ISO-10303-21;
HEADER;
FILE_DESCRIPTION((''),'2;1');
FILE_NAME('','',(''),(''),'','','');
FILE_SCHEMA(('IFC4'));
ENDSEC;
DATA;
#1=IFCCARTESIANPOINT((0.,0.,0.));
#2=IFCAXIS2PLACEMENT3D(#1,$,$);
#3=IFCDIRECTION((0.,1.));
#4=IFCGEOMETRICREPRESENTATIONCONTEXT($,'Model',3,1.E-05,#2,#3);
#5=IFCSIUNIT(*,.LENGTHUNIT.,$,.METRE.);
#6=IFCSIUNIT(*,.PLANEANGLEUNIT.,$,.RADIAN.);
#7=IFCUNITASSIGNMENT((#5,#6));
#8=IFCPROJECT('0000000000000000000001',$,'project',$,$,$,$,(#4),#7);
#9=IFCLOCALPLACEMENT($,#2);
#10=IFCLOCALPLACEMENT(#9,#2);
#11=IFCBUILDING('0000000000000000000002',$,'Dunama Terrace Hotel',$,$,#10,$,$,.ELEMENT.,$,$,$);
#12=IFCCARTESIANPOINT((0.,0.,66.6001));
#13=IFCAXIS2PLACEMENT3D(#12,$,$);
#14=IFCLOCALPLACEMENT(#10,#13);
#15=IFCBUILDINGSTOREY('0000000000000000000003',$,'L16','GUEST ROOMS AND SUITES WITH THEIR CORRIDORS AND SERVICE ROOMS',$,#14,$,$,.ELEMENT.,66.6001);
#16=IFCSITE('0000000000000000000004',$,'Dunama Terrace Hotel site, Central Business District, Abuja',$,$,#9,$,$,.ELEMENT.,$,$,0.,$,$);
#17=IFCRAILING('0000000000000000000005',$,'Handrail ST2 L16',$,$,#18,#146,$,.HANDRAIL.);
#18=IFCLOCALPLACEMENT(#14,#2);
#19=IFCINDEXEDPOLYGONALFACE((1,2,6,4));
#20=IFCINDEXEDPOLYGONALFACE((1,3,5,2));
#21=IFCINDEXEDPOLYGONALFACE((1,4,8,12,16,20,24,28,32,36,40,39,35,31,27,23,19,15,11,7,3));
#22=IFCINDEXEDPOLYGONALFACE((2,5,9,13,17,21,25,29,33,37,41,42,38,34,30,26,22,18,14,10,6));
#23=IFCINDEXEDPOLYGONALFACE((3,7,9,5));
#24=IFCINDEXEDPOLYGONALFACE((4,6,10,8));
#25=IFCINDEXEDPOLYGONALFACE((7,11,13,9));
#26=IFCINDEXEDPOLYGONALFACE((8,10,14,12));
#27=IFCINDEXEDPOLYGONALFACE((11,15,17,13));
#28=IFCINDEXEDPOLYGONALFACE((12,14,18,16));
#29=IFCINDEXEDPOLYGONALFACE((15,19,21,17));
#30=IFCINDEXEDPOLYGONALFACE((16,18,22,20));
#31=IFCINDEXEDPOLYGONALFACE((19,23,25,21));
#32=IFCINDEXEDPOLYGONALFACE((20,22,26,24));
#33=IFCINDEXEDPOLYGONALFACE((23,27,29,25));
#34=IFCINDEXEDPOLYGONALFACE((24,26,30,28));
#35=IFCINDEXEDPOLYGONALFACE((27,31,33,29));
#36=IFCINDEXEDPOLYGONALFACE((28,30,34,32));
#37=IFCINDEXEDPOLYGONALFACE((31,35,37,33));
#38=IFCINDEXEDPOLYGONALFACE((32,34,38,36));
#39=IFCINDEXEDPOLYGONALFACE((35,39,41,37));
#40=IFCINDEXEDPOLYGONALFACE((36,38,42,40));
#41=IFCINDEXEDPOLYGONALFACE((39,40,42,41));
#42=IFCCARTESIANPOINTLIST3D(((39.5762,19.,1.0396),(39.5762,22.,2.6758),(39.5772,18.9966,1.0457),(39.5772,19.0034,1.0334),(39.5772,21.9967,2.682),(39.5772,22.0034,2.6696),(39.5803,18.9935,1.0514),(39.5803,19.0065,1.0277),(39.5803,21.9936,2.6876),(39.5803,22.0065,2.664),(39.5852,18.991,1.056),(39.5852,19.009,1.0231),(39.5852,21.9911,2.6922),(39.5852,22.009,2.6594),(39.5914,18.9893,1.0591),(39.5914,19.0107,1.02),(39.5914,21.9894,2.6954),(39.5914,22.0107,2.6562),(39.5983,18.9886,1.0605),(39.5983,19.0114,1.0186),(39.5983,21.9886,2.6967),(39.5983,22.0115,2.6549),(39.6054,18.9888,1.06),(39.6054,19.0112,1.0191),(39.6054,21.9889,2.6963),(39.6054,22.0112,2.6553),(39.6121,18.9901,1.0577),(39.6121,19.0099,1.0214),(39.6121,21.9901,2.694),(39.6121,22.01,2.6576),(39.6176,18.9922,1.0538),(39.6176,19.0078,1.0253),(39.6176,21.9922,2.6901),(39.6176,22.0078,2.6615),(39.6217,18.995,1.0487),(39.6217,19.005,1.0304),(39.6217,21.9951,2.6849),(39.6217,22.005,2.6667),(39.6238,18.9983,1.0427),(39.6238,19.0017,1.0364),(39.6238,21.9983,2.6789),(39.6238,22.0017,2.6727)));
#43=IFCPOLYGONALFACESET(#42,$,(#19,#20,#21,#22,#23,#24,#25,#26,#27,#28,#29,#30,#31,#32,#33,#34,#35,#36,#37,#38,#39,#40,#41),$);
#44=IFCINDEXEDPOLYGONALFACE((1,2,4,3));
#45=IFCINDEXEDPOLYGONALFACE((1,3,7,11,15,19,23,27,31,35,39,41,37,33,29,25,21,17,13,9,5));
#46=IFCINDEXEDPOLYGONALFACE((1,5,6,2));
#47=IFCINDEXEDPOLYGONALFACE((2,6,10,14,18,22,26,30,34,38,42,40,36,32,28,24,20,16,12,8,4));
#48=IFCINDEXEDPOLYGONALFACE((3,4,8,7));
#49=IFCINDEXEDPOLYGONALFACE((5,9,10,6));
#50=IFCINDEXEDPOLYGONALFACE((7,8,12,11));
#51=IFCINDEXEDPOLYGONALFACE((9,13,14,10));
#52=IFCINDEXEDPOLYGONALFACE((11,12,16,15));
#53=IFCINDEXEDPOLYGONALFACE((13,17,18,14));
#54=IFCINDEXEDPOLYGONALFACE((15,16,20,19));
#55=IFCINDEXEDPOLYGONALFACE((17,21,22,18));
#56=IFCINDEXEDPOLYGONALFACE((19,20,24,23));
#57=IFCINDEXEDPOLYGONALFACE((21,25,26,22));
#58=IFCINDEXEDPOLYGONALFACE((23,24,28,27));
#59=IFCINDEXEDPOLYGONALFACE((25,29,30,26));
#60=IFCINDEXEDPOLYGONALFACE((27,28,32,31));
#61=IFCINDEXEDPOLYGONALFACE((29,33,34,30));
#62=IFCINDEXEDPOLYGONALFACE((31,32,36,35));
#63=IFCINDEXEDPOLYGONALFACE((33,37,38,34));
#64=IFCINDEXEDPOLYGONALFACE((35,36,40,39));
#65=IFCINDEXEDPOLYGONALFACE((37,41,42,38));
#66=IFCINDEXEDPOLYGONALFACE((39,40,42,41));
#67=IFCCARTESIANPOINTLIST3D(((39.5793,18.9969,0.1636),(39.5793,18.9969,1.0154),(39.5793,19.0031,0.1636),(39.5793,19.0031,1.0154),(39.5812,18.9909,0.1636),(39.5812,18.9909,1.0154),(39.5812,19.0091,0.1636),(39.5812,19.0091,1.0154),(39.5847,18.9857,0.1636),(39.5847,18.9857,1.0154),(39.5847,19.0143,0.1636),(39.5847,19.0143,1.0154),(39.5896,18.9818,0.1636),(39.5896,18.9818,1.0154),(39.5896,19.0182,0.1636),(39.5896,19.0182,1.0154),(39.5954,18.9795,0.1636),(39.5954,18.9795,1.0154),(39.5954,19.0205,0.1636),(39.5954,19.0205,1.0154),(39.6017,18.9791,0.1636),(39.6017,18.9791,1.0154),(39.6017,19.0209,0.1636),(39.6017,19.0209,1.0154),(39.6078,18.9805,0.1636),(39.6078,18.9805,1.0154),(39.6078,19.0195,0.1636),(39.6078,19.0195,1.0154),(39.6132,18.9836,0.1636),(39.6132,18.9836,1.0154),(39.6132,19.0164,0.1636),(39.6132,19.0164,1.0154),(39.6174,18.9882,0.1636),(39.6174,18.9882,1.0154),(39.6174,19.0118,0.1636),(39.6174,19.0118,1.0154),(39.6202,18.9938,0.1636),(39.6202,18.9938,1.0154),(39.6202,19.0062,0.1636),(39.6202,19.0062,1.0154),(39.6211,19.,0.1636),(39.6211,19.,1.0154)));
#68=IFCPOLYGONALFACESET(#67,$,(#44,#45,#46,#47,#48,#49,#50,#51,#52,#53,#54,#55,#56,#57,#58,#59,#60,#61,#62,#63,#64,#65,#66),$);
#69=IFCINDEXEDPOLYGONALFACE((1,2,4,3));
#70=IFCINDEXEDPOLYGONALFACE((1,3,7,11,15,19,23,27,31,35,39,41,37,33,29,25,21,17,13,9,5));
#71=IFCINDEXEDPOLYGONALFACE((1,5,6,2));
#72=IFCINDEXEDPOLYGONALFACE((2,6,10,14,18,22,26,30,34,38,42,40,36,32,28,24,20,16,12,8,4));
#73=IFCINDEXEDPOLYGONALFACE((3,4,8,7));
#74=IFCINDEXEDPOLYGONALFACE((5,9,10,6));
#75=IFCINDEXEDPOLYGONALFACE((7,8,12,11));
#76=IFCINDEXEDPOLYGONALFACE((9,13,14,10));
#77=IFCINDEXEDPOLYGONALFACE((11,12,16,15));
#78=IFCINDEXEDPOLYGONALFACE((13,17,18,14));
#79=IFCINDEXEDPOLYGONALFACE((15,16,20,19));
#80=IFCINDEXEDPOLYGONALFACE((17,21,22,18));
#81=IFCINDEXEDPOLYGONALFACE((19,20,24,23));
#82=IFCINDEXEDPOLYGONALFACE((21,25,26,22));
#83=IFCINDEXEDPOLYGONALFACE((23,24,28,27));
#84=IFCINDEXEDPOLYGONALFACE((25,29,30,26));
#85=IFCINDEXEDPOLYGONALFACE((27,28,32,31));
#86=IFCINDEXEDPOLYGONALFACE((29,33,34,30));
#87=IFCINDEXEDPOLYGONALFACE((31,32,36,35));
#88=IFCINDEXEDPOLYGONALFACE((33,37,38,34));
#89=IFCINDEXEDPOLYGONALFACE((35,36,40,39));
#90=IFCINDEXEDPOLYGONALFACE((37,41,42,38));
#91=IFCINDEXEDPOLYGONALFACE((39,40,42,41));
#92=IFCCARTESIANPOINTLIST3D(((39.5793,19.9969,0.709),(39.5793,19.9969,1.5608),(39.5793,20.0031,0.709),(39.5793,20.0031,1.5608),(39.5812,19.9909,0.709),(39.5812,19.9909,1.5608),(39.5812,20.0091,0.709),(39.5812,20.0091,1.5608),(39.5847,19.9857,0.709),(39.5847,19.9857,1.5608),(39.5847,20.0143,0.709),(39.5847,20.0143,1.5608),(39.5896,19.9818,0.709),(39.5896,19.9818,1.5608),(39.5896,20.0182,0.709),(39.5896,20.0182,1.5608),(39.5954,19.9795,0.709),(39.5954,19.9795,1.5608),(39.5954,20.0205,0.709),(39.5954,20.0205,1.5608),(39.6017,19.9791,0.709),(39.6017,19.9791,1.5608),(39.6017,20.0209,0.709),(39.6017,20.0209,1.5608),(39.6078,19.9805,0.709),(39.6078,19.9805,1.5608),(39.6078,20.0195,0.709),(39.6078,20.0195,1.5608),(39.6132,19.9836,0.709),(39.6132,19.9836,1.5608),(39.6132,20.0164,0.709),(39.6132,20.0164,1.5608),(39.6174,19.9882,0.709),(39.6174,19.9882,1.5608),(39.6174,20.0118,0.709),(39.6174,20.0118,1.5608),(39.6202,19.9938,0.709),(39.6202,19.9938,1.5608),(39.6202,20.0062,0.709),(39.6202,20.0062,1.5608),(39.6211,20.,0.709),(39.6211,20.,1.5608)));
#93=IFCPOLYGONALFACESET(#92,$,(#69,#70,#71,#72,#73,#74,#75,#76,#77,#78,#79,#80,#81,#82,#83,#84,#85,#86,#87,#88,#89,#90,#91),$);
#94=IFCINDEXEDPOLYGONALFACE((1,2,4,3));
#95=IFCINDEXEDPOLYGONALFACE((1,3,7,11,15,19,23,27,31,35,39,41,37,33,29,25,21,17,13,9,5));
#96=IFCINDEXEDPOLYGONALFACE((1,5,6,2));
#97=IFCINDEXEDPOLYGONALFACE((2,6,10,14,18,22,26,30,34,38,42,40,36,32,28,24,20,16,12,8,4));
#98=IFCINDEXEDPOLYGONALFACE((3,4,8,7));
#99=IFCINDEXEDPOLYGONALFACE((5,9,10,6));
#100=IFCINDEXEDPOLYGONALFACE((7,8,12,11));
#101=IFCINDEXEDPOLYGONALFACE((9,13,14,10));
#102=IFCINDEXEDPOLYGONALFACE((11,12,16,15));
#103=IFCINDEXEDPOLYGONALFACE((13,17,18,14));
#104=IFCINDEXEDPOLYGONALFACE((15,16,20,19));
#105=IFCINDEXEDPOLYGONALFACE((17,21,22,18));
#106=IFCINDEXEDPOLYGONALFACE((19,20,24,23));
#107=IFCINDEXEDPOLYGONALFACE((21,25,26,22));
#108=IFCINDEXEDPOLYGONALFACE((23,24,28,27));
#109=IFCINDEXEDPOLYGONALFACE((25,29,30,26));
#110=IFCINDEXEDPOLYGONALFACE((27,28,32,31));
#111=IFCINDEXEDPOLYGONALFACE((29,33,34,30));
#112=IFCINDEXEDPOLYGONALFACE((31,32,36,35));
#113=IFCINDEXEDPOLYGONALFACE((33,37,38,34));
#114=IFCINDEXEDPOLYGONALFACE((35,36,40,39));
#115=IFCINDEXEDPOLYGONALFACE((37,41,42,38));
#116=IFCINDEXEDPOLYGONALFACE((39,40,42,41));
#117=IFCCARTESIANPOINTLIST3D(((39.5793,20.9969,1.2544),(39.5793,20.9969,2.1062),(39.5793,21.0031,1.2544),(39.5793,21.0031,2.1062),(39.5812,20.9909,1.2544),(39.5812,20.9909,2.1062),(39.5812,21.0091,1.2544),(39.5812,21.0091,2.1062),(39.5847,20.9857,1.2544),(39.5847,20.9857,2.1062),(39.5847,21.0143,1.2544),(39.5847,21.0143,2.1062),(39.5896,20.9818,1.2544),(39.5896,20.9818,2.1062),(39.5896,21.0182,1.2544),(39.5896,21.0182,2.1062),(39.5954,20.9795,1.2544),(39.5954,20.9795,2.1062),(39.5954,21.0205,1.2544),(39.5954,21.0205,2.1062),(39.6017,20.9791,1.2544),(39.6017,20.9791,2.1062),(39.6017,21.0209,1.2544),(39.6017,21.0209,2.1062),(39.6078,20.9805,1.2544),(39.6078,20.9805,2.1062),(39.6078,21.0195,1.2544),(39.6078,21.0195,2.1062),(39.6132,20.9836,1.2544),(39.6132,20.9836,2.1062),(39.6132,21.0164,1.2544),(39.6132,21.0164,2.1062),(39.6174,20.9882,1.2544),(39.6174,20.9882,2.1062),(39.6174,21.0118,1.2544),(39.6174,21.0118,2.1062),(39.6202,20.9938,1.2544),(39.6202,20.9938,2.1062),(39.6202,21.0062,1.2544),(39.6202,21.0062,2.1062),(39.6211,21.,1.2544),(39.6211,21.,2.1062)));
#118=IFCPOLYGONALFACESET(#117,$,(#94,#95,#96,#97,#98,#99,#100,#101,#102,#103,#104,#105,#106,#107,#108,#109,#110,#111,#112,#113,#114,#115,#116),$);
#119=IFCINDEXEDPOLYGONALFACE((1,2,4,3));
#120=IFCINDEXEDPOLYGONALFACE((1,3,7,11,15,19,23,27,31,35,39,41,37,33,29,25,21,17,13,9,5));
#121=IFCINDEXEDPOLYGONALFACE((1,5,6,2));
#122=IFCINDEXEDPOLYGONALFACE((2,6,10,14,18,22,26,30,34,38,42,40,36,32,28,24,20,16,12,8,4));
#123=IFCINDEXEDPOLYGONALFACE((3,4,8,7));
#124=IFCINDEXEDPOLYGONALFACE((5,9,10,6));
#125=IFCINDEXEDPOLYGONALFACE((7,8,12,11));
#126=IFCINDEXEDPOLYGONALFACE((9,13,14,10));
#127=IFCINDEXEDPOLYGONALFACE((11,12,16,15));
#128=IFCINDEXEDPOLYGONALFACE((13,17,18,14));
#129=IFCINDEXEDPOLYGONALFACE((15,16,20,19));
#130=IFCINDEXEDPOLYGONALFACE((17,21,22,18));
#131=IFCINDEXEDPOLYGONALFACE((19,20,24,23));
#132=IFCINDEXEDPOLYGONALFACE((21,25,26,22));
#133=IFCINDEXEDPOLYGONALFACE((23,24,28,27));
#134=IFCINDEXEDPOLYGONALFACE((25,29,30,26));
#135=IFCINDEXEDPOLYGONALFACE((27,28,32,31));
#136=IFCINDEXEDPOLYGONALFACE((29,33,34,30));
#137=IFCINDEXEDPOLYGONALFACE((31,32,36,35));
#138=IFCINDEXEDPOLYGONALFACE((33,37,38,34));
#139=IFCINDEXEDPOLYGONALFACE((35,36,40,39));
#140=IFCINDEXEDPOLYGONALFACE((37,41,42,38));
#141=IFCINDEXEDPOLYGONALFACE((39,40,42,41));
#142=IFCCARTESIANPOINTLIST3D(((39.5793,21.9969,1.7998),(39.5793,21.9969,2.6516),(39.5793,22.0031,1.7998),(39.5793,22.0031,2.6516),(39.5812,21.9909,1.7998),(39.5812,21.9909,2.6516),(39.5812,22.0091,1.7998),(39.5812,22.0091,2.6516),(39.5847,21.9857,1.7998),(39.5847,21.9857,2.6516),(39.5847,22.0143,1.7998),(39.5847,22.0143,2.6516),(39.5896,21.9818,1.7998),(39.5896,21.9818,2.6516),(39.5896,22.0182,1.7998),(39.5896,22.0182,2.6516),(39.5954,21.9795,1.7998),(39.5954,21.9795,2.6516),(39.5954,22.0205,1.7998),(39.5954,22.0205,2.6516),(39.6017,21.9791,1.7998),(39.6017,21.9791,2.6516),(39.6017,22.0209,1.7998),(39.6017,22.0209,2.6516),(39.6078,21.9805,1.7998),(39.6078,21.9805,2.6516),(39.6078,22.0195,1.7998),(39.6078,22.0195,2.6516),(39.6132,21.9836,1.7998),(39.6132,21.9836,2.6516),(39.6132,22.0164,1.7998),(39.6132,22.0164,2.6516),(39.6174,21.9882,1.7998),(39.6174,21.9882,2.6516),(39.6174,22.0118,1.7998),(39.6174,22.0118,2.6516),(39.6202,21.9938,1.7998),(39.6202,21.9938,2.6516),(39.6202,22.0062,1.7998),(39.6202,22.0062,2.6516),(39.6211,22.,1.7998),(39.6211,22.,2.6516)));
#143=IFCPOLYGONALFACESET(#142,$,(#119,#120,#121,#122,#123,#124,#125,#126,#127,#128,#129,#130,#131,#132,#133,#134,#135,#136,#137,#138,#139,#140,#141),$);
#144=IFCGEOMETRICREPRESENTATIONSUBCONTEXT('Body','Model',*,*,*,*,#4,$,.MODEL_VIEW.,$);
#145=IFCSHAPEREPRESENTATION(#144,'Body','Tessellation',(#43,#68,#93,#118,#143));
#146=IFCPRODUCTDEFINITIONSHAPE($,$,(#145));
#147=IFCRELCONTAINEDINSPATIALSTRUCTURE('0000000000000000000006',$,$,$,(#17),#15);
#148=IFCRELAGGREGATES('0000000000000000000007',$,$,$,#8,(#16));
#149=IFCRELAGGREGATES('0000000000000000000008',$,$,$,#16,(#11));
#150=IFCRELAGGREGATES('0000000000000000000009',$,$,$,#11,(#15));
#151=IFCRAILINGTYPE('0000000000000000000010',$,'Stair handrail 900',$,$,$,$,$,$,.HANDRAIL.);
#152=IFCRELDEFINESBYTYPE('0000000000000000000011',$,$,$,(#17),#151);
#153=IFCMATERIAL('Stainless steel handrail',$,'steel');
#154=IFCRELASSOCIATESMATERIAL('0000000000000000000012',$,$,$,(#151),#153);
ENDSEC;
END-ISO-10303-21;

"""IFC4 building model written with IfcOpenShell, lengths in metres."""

from ifc_helpers import new_model, si_unit, direction, frame, origin, origin_2d, place, context, subcontext, project, spatial, circle, extrude, material, type_object, element, save


model = new_model("IFC4")

# Units and contexts
model_context = context("Model", 3, precision=1e-05, world=origin(), true_north=direction((0.0, 1.0)))
body_context = subcontext(model_context, "Body", "Model", "MODEL_VIEW")
ifc_project = project(units=[si_unit("LENGTHUNIT", "METRE"), si_unit("PLANEANGLEUNIT", "RADIAN")], contexts=[model_context])

# Site, building, storey
site_placement = place(None, origin())
site = spatial("IfcSite", under=ifc_project, at=site_placement, Name="Dunama Terrace Hotel site, Central Business District, Abuja", CompositionType="ELEMENT", RefElevation=0.0)
building_placement = place(site_placement, origin())
building = spatial("IfcBuilding", under=site, at=building_placement, Name="Dunama Terrace Hotel", CompositionType="ELEMENT")
storey_placement = place(building_placement, frame((0.0, 0.0, 66.6001)))
storey = spatial("IfcBuildingStorey", under=building, at=storey_placement, Name="L16", Description="GUEST ROOMS AND SUITES WITH THEIR CORRIDORS AND SERVICE ROOMS", CompositionType="ELEMENT", Elevation=66.6001)

# Railing
ifc_material_1 = material(Name="Stainless steel handrail", Category="steel")
railing_type = type_object("IfcRailingType", Name="Stair handrail 900", PredefinedType="HANDRAIL", material=ifc_material_1)
railing_1_placement = place(storey_placement, frame((39.6001, 19.0, 0.1636)))
element("IfcRailing", 1, at=railing_1_placement, inside=storey, type_object=railing_type, Name="Handrail ST2 L16", PredefinedType="HANDRAIL", context=body_context, shape_type="SweptSolid", body=[
    extrude(circle(Radius=0.0239, at=origin_2d()), frame((0.0, 0.0, 0.876), z_axis=(0.0, 0.877912, 0.478822), x_axis=(-1.0, 0.0, 0.0)), (0.0, 0.0, 1.0), 3.4172),
    extrude(circle(Radius=0.021, at=origin_2d()), origin(), (0.0, 0.0, 1.0), 0.8518),
    extrude(circle(Radius=0.021, at=origin_2d()), frame((0.0, 1.0, 0.5454)), (0.0, 0.0, 1.0), 0.8518),
    extrude(circle(Radius=0.021, at=origin_2d()), frame((0.0, 2.0, 1.0908)), (0.0, 0.0, 1.0), 0.8518),
    extrude(circle(Radius=0.021, at=origin_2d()), frame((0.0, 3.0, 1.6362)), (0.0, 0.0, 1.0), 0.8518),
])

save(model, "model.ifc")
